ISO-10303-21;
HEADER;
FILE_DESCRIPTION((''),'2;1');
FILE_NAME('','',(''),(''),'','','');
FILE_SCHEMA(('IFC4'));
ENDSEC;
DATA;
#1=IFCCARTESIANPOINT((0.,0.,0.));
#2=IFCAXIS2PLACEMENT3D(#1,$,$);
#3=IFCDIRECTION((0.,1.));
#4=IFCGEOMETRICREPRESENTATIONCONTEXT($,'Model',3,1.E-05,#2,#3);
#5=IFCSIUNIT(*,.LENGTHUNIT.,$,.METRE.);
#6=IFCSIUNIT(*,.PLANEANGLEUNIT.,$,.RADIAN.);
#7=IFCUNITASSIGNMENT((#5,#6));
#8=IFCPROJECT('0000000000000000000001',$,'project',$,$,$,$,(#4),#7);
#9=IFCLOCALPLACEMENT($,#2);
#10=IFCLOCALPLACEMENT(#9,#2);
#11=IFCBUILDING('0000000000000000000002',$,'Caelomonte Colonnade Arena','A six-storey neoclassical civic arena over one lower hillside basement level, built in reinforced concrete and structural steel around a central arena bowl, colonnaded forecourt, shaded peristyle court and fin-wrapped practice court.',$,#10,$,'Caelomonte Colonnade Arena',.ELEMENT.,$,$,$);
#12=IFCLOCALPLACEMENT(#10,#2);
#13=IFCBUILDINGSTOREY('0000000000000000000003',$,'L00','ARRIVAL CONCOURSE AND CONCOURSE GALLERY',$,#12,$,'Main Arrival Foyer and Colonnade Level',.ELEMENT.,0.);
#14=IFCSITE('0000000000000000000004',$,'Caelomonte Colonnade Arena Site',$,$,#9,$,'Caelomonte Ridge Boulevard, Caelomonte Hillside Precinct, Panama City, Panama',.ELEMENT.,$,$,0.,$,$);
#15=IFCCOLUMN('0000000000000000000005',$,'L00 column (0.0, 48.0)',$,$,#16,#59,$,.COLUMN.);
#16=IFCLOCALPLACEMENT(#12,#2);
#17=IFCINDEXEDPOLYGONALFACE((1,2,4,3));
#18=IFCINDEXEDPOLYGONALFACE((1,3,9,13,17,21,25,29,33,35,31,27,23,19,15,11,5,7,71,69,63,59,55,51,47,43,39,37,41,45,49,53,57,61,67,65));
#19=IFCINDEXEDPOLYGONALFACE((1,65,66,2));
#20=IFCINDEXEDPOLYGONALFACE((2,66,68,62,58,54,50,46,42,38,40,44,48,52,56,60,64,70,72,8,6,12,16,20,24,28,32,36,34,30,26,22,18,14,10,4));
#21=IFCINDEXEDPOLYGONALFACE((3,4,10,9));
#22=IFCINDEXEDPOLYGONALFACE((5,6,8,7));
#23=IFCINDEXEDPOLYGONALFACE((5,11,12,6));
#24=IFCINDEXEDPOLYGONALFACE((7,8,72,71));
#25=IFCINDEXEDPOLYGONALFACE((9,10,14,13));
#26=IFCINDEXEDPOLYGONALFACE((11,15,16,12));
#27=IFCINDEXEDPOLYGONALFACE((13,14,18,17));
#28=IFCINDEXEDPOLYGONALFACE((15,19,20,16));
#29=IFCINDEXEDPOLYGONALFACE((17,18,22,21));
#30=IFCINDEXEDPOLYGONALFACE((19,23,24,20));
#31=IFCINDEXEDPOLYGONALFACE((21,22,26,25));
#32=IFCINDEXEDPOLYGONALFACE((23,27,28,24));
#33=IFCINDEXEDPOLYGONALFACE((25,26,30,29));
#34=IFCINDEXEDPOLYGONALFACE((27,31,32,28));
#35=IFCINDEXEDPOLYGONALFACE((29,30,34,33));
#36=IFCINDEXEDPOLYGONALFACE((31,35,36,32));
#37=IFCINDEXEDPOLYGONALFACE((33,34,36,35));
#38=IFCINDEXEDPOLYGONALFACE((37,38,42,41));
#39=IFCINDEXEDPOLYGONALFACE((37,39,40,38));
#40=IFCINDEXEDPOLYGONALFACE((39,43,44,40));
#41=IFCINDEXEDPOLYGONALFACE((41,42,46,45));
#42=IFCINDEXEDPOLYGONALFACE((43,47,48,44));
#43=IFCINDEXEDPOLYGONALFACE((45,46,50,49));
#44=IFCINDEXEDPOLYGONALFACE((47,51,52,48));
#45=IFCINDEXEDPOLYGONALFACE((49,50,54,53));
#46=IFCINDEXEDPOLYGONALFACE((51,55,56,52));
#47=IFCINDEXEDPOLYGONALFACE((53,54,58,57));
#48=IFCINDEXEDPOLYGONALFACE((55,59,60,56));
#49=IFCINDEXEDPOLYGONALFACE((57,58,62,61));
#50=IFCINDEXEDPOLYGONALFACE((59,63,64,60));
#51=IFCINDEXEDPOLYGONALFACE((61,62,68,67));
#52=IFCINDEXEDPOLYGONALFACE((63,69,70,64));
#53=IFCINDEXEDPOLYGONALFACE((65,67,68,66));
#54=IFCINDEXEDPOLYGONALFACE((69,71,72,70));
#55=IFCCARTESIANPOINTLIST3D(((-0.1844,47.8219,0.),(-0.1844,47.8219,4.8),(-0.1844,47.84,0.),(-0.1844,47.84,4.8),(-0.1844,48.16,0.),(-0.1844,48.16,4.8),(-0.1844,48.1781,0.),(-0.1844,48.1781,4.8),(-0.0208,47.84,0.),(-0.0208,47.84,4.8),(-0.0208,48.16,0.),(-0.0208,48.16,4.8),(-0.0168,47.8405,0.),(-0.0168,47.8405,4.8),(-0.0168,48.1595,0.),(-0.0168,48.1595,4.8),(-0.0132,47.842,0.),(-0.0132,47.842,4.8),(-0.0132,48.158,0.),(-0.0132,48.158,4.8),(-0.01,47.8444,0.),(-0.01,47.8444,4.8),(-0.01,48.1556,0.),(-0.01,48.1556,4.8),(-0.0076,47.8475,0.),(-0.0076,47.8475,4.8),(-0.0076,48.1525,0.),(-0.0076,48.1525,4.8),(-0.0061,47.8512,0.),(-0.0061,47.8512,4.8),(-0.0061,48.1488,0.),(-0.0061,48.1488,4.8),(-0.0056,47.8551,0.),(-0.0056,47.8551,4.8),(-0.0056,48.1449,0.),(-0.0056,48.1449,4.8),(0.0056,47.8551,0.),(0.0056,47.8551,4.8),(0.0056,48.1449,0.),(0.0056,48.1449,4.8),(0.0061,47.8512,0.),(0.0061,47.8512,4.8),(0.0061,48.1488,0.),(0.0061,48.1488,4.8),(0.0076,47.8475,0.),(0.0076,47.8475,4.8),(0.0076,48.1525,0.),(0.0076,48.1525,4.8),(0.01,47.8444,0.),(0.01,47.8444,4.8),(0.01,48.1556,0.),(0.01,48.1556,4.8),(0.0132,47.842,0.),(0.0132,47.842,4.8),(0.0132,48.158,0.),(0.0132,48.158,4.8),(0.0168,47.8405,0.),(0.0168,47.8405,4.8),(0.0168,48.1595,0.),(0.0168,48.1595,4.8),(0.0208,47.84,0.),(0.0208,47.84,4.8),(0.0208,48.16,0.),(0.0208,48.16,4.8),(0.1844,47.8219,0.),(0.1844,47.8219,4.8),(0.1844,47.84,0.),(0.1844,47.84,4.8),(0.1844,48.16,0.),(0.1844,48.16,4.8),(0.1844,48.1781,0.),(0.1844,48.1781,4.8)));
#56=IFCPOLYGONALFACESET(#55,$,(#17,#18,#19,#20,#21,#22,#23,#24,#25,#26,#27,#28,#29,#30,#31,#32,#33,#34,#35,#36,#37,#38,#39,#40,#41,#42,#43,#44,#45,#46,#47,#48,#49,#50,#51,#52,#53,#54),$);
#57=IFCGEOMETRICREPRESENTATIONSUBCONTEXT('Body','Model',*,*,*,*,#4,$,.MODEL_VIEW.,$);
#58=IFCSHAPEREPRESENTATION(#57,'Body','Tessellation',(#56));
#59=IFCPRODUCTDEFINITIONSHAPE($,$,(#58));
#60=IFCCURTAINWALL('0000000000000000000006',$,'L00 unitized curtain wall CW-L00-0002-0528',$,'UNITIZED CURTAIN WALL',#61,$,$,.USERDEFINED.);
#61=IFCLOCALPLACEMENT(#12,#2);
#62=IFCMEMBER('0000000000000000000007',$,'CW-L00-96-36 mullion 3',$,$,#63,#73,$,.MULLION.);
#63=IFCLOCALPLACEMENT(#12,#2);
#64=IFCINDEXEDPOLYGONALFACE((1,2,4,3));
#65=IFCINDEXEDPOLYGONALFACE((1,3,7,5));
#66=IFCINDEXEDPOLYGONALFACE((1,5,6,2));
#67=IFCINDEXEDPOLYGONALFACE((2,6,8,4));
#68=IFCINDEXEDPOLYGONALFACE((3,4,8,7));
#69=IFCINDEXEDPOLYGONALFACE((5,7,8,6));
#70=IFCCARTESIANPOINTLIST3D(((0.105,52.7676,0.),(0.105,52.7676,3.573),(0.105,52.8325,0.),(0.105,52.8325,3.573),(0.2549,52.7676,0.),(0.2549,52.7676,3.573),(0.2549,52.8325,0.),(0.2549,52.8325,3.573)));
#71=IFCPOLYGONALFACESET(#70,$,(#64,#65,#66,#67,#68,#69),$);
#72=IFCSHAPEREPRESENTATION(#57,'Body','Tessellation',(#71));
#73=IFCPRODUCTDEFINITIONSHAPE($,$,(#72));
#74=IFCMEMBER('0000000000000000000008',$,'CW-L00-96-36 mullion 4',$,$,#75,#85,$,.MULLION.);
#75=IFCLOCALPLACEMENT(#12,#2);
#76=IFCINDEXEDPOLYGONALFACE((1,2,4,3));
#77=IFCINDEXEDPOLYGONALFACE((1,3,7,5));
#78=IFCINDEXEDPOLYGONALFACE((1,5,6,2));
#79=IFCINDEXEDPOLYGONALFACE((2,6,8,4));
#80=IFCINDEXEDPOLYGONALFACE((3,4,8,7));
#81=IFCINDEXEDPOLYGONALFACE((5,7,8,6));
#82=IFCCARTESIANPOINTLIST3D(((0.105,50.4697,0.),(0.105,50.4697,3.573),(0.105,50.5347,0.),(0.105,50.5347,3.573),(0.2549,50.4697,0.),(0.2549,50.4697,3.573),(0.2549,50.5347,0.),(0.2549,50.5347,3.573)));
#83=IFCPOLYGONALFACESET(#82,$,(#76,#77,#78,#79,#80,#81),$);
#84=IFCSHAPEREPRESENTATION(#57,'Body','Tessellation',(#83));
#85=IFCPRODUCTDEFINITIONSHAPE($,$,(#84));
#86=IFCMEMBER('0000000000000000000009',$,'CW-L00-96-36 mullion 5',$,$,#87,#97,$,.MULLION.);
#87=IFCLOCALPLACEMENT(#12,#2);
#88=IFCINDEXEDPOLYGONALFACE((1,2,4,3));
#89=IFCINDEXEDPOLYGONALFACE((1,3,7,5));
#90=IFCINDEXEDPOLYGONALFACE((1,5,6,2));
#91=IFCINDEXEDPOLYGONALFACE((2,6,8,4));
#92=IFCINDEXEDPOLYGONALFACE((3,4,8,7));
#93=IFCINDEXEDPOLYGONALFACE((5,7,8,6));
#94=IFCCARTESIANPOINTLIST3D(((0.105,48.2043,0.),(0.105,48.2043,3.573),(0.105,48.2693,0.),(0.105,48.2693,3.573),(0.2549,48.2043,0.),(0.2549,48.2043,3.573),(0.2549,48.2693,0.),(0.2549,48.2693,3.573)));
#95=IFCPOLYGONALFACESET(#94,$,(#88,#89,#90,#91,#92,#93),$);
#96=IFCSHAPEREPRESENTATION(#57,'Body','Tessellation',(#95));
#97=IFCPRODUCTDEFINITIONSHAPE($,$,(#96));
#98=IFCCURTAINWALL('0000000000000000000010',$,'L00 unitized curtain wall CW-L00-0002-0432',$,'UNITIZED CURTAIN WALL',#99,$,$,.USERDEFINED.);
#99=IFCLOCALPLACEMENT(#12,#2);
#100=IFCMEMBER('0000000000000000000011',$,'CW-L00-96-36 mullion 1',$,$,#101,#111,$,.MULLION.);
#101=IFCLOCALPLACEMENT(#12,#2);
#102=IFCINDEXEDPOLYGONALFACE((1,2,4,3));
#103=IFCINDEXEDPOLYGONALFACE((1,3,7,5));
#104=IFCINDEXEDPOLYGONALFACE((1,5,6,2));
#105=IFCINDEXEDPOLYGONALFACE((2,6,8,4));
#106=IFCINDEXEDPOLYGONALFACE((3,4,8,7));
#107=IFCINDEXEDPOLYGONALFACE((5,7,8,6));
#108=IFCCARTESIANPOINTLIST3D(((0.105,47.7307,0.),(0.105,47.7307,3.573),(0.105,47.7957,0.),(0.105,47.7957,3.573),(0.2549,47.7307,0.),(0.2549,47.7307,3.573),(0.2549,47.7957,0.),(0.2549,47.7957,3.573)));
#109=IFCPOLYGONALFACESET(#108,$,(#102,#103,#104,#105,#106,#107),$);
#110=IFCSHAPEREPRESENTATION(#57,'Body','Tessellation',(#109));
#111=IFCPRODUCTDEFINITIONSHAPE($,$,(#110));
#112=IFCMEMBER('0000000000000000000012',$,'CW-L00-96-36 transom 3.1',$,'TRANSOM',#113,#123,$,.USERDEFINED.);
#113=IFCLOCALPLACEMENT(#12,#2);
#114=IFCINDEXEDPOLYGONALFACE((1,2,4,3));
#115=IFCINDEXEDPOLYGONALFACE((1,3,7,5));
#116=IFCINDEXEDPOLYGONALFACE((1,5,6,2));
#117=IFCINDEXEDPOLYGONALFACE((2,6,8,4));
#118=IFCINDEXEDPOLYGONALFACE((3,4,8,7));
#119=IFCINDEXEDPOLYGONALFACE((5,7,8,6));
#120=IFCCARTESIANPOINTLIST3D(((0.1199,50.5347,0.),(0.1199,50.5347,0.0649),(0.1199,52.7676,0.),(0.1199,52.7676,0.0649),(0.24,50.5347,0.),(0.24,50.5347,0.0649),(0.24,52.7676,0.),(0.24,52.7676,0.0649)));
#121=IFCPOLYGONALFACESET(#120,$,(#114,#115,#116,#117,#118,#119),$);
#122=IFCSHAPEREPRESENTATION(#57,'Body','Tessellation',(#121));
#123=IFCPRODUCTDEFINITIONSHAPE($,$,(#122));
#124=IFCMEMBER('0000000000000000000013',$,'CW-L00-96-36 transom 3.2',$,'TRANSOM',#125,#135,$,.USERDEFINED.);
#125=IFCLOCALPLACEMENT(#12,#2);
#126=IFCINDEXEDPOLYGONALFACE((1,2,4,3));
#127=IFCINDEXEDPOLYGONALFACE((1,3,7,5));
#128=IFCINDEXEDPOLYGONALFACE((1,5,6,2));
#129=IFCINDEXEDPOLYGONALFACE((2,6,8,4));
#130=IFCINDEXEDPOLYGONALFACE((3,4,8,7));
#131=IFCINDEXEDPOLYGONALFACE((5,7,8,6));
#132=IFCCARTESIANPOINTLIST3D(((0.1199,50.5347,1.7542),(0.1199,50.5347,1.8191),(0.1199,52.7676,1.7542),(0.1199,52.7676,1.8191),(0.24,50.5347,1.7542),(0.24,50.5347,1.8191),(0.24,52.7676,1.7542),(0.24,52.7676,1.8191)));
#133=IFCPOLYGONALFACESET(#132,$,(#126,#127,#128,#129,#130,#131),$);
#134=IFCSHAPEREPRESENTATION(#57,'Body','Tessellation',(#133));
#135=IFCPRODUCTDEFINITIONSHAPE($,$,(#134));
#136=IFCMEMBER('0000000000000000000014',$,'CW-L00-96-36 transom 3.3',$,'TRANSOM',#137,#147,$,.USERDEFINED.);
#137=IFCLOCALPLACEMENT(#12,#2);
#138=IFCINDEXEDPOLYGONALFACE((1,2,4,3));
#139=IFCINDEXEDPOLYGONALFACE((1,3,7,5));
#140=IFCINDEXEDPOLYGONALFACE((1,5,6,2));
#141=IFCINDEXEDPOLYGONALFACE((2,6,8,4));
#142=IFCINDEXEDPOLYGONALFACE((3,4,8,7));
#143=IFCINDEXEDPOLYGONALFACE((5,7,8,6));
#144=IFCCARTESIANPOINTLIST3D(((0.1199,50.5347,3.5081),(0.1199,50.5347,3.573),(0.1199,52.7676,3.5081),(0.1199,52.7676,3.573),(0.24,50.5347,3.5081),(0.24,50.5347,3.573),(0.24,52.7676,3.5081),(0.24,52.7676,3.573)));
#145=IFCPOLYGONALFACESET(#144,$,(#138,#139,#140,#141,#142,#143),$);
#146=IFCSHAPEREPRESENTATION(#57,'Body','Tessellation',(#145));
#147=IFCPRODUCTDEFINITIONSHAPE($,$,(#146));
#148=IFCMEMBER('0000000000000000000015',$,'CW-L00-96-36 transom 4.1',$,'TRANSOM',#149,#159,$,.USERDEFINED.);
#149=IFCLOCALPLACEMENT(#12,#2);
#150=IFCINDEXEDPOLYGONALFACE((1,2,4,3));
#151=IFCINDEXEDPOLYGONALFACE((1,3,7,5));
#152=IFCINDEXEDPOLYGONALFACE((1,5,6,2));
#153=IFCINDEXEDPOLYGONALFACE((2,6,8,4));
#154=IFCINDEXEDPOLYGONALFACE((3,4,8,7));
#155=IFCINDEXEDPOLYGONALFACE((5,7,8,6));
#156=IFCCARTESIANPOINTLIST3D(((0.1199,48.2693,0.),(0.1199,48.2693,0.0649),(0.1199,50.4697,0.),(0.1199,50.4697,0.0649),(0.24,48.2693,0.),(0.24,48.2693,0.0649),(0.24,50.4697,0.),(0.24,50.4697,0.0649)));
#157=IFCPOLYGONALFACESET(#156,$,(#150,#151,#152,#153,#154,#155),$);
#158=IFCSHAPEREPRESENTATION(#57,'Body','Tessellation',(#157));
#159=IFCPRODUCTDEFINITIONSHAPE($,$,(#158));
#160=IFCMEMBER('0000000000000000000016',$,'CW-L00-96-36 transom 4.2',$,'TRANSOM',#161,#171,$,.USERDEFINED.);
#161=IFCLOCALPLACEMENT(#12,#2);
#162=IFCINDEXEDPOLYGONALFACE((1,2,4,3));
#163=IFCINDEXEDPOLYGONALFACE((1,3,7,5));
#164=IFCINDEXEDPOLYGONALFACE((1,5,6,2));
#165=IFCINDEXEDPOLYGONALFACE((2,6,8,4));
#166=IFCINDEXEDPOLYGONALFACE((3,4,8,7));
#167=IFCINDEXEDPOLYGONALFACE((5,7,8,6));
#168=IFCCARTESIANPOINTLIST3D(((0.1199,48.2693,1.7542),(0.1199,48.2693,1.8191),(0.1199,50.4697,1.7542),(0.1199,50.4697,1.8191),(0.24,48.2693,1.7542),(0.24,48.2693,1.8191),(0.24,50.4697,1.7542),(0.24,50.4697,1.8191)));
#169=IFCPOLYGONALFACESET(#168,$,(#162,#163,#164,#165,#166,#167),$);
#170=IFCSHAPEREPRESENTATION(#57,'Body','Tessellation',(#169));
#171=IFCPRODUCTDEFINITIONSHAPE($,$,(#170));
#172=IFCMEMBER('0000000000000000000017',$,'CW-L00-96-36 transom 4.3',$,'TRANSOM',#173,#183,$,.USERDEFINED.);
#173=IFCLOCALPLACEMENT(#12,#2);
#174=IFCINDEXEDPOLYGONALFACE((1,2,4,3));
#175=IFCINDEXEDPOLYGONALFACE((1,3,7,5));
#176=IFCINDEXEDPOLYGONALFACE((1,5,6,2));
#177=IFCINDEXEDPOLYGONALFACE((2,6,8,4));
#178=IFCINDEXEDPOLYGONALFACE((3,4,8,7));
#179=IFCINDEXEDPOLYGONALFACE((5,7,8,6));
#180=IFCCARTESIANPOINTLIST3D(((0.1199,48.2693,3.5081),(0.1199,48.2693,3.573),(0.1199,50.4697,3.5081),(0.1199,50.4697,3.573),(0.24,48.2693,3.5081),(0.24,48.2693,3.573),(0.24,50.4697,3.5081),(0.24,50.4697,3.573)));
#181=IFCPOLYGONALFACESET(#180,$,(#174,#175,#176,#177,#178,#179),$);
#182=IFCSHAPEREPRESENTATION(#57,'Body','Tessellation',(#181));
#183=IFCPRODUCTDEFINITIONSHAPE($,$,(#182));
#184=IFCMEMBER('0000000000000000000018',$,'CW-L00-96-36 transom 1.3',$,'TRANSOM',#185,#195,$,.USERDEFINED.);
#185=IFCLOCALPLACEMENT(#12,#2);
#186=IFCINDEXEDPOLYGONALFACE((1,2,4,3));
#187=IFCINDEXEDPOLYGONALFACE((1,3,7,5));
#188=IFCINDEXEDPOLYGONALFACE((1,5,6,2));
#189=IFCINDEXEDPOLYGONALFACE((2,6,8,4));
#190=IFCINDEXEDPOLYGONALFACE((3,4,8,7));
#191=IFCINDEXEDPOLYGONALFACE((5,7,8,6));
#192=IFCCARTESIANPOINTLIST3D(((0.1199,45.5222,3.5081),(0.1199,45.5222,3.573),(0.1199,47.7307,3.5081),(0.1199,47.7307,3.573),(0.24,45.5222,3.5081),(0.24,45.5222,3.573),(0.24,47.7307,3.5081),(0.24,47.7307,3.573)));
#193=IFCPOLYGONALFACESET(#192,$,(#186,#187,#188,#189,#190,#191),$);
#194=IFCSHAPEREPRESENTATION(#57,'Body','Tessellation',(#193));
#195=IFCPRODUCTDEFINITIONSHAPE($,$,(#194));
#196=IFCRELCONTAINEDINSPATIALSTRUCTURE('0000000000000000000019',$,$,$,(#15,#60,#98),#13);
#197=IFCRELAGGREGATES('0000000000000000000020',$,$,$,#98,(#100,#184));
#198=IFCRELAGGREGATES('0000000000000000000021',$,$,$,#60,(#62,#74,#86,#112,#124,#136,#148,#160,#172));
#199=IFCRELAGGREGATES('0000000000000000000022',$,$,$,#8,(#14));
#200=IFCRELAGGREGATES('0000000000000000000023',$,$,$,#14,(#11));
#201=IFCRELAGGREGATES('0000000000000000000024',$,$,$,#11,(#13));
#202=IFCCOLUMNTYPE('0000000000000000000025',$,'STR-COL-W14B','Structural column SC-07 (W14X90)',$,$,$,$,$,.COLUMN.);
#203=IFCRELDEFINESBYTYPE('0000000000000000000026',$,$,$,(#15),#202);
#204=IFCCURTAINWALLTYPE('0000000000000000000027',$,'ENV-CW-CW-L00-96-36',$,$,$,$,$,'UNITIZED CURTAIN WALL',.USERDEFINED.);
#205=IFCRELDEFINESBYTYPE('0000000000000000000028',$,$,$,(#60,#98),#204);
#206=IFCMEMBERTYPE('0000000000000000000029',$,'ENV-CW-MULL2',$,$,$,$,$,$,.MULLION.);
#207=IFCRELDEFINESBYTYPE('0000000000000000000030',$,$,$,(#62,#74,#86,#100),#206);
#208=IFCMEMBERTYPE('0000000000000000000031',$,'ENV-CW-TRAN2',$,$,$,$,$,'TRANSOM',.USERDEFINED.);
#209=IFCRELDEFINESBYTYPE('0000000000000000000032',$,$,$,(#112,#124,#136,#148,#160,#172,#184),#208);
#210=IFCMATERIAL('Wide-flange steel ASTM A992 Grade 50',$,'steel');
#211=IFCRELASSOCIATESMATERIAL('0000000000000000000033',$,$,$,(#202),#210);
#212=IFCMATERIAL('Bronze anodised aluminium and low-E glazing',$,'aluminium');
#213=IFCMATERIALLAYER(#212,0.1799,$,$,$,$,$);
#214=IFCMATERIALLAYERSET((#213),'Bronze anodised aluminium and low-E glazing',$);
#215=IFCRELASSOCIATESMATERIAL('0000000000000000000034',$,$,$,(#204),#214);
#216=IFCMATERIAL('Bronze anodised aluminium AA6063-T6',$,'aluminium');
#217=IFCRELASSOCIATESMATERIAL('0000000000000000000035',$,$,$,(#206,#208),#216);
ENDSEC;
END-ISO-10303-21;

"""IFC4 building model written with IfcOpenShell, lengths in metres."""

from ifc_helpers import new_model, si_unit, direction, frame, origin, origin_2d, place, context, subcontext, project, spatial, rectangle, i_section, extrude, material, layer, layer_set, material_profile, profile_set, type_object, element, aggregate, save


model = new_model("IFC4")

# Units and contexts
model_context = context("Model", 3, precision=1e-05, world=origin(), true_north=direction((0.0, 1.0)))
body_context = subcontext(model_context, "Body", "Model", "MODEL_VIEW")
ifc_project = project(units=[si_unit("LENGTHUNIT", "METRE"), si_unit("PLANEANGLEUNIT", "RADIAN")], contexts=[model_context])

# Site, building, storey
site_placement = place(None, origin())
site = spatial("IfcSite", under=ifc_project, at=site_placement, Name="Caelomonte Colonnade Arena Site", LongName="Caelomonte Ridge Boulevard, Caelomonte Hillside Precinct, Panama City, Panama", CompositionType="ELEMENT", RefElevation=0.0)
building_placement = place(site_placement, origin())
building = spatial("IfcBuilding", under=site, at=building_placement, Name="Caelomonte Colonnade Arena", Description="A six-storey neoclassical civic arena over one lower hillside basement level, built in reinforced concrete and structural steel around a central arena bowl, colonnaded forecourt, shaded peristyle court and fin-wrapped practice court.", LongName="Caelomonte Colonnade Arena", CompositionType="ELEMENT")
storey_placement = place(building_placement, origin())
storey = spatial("IfcBuildingStorey", under=building, at=storey_placement, Name="L00", Description="ARRIVAL CONCOURSE AND CONCOURSE GALLERY", LongName="Main Arrival Foyer and Colonnade Level", CompositionType="ELEMENT", Elevation=0.0)

# Column
ifc_material_1 = material(Name="Wide-flange steel ASTM A992 Grade 50", Category="steel")
ifc_material_profile_1 = material_profile(ifc_material_1, i_section(OverallWidth=0.3689, OverallDepth=0.3562, WebThickness=0.0112, FlangeThickness=0.0181, FilletRadius=0.0151, at=origin_2d()), Name="W14X90")
ifc_profile_set_1 = profile_set([ifc_material_profile_1], Name="Wide-flange steel ASTM A992 Grade 50")
column_type = type_object("IfcColumnType", Name="STR-COL-W14B", Description="Structural column SC-07 (W14X90)", PredefinedType="COLUMN", material=ifc_profile_set_1)
column_placement = place(storey_placement, frame((0.0, 48.0, 0.0), z_axis=(0.0, 0.0, 1.0), x_axis=(1.0, 0.0, 0.0)))
element("IfcColumn", 1, at=column_placement, inside=storey, type_object=column_type, Name="L00 column (0.0, 48.0)", PredefinedType="COLUMN", context=body_context, shape_type="SweptSolid", body=[
    extrude(i_section(OverallWidth=0.3689, OverallDepth=0.3562, WebThickness=0.0112, FlangeThickness=0.0181, FilletRadius=0.0151, at=origin_2d()), origin(), (0.0, 0.0, 1.0), 4.8),
])

# Curtain wall, members
ifc_material_2 = material(Name="Bronze anodised aluminium and low-E glazing", Category="aluminium")
ifc_layer_1 = layer(ifc_material_2, 0.1799)
ifc_layer_set_1 = layer_set([ifc_layer_1], Name="Bronze anodised aluminium and low-E glazing")
curtain_wall_type = type_object("IfcCurtainWallType", Name="ENV-CW-CW-L00-96-36", ElementType="UNITIZED CURTAIN WALL", PredefinedType="USERDEFINED", material=ifc_layer_set_1)
curtain_wall_1_placement = place(storey_placement, origin())
curtain_wall_1 = element("IfcCurtainWall", 2, at=curtain_wall_1_placement, inside=storey, type_object=curtain_wall_type, Name="L00 unitized curtain wall CW-L00-0002-0528", ObjectType="UNITIZED CURTAIN WALL", PredefinedType="USERDEFINED")
ifc_material_3 = material(Name="Bronze anodised aluminium AA6063-T6", Category="aluminium")
ifc_material_profile_2 = material_profile(ifc_material_3, rectangle(XDim=0.0649, YDim=0.1499, at=origin_2d()), Name="CWM-65X150")
ifc_profile_set_2 = profile_set([ifc_material_profile_2], Name="Bronze anodised aluminium AA6063-T6")
member_type_1 = type_object("IfcMemberType", Name="ENV-CW-MULL2", PredefinedType="MULLION", material=ifc_profile_set_2)
member_1_placement = place(storey_placement, frame((0.1799, 52.8, 0.0), z_axis=(0.0, 0.0, 1.0), x_axis=(0.0, -1.0, 0.0)))
member_1 = element("IfcMember", 3, at=member_1_placement, type_object=member_type_1, Name="CW-L00-96-36 mullion 3", PredefinedType="MULLION", context=body_context, shape_type="SweptSolid", body=[
    extrude(rectangle(XDim=0.0649, YDim=0.1499, at=origin_2d()), origin(), (0.0, 0.0, 1.0), 3.573),
])
member_2_placement = place(storey_placement, frame((0.1799, 50.5022, 0.0), z_axis=(0.0, 0.0, 1.0), x_axis=(0.0, -1.0, 0.0)))
member_2 = element("IfcMember", 4, at=member_2_placement, type_object=member_type_1, Name="CW-L00-96-36 mullion 4", PredefinedType="MULLION", context=body_context, shape_type="SweptSolid", body=[
    extrude(rectangle(XDim=0.0649, YDim=0.1499, at=origin_2d()), origin(), (0.0, 0.0, 1.0), 3.573),
])
member_3_placement = place(storey_placement, frame((0.1799, 48.2368, 0.0), z_axis=(0.0, 0.0, 1.0), x_axis=(0.0, -1.0, 0.0)))
member_3 = element("IfcMember", 5, at=member_3_placement, type_object=member_type_1, Name="CW-L00-96-36 mullion 5", PredefinedType="MULLION", context=body_context, shape_type="SweptSolid", body=[
    extrude(rectangle(XDim=0.0649, YDim=0.1499, at=origin_2d()), origin(), (0.0, 0.0, 1.0), 3.573),
])

# Curtain wall, member
curtain_wall_2_placement = place(storey_placement, origin())
curtain_wall_2 = element("IfcCurtainWall", 6, at=curtain_wall_2_placement, inside=storey, type_object=curtain_wall_type, Name="L00 unitized curtain wall CW-L00-0002-0432", ObjectType="UNITIZED CURTAIN WALL", PredefinedType="USERDEFINED")
member_4_placement = place(storey_placement, frame((0.1799, 47.7632, 0.0), z_axis=(0.0, 0.0, 1.0), x_axis=(0.0, -1.0, 0.0)))
member_4 = element("IfcMember", 7, at=member_4_placement, type_object=member_type_1, Name="CW-L00-96-36 mullion 1", PredefinedType="MULLION", context=body_context, shape_type="SweptSolid", body=[
    extrude(rectangle(XDim=0.0649, YDim=0.1499, at=origin_2d()), origin(), (0.0, 0.0, 1.0), 3.573),
])

# Members
ifc_material_profile_3 = material_profile(ifc_material_3, rectangle(XDim=0.0649, YDim=0.1201, at=origin_2d()), Name="CWT-65X120")
ifc_profile_set_3 = profile_set([ifc_material_profile_3], Name="Bronze anodised aluminium AA6063-T6")
member_type_2 = type_object("IfcMemberType", Name="ENV-CW-TRAN2", ElementType="TRANSOM", PredefinedType="USERDEFINED", material=ifc_profile_set_3)
member_5_placement = place(storey_placement, frame((0.1799, 52.7676, 0.0325), z_axis=(0.0, -1.0, 0.0), x_axis=(0.0, 0.0, 1.0)))
member_5 = element("IfcMember", 8, at=member_5_placement, type_object=member_type_2, Name="CW-L00-96-36 transom 3.1", ObjectType="TRANSOM", PredefinedType="USERDEFINED", context=body_context, shape_type="SweptSolid", body=[
    extrude(rectangle(XDim=0.0649, YDim=0.1201, at=origin_2d()), origin(), (0.0, 0.0, 1.0), 2.2329),
])
member_6_placement = place(storey_placement, frame((0.1799, 52.7676, 1.7866), z_axis=(0.0, -1.0, 0.0), x_axis=(0.0, 0.0, 1.0)))
member_6 = element("IfcMember", 9, at=member_6_placement, type_object=member_type_2, Name="CW-L00-96-36 transom 3.2", ObjectType="TRANSOM", PredefinedType="USERDEFINED", context=body_context, shape_type="SweptSolid", body=[
    extrude(rectangle(XDim=0.0649, YDim=0.1201, at=origin_2d()), origin(), (0.0, 0.0, 1.0), 2.2329),
])
member_7_placement = place(storey_placement, frame((0.1799, 52.7676, 3.5405), z_axis=(0.0, -1.0, 0.0), x_axis=(0.0, 0.0, 1.0)))
member_7 = element("IfcMember", 10, at=member_7_placement, type_object=member_type_2, Name="CW-L00-96-36 transom 3.3", ObjectType="TRANSOM", PredefinedType="USERDEFINED", context=body_context, shape_type="SweptSolid", body=[
    extrude(rectangle(XDim=0.0649, YDim=0.1201, at=origin_2d()), origin(), (0.0, 0.0, 1.0), 2.2329),
])
member_8_placement = place(storey_placement, frame((0.1799, 50.4697, 0.0325), z_axis=(0.0, -1.0, 0.0), x_axis=(0.0, 0.0, 1.0)))
member_8 = element("IfcMember", 11, at=member_8_placement, type_object=member_type_2, Name="CW-L00-96-36 transom 4.1", ObjectType="TRANSOM", PredefinedType="USERDEFINED", context=body_context, shape_type="SweptSolid", body=[
    extrude(rectangle(XDim=0.0649, YDim=0.1201, at=origin_2d()), origin(), (0.0, 0.0, 1.0), 2.2004),
])
member_9_placement = place(storey_placement, frame((0.1799, 50.4697, 1.7866), z_axis=(0.0, -1.0, 0.0), x_axis=(0.0, 0.0, 1.0)))
member_9 = element("IfcMember", 12, at=member_9_placement, type_object=member_type_2, Name="CW-L00-96-36 transom 4.2", ObjectType="TRANSOM", PredefinedType="USERDEFINED", context=body_context, shape_type="SweptSolid", body=[
    extrude(rectangle(XDim=0.0649, YDim=0.1201, at=origin_2d()), origin(), (0.0, 0.0, 1.0), 2.2004),
])
member_10_placement = place(storey_placement, frame((0.1799, 50.4697, 3.5405), z_axis=(0.0, -1.0, 0.0), x_axis=(0.0, 0.0, 1.0)))
member_10 = element("IfcMember", 13, at=member_10_placement, type_object=member_type_2, Name="CW-L00-96-36 transom 4.3", ObjectType="TRANSOM", PredefinedType="USERDEFINED", context=body_context, shape_type="SweptSolid", body=[
    extrude(rectangle(XDim=0.0649, YDim=0.1201, at=origin_2d()), origin(), (0.0, 0.0, 1.0), 2.2004),
])
member_11_placement = place(storey_placement, frame((0.1799, 47.7307, 3.5405), z_axis=(0.0, -1.0, 0.0), x_axis=(0.0, 0.0, 1.0)))
member_11 = element("IfcMember", 14, at=member_11_placement, type_object=member_type_2, Name="CW-L00-96-36 transom 1.3", ObjectType="TRANSOM", PredefinedType="USERDEFINED", context=body_context, shape_type="SweptSolid", body=[
    extrude(rectangle(XDim=0.0649, YDim=0.1201, at=origin_2d()), origin(), (0.0, 0.0, 1.0), 2.2085),
])
aggregate(curtain_wall_2, [member_4, member_11])

aggregate(curtain_wall_1, [member_1, member_2, member_3, member_5, member_6, member_7, member_8, member_9, member_10])

save(model, "model.ifc")
